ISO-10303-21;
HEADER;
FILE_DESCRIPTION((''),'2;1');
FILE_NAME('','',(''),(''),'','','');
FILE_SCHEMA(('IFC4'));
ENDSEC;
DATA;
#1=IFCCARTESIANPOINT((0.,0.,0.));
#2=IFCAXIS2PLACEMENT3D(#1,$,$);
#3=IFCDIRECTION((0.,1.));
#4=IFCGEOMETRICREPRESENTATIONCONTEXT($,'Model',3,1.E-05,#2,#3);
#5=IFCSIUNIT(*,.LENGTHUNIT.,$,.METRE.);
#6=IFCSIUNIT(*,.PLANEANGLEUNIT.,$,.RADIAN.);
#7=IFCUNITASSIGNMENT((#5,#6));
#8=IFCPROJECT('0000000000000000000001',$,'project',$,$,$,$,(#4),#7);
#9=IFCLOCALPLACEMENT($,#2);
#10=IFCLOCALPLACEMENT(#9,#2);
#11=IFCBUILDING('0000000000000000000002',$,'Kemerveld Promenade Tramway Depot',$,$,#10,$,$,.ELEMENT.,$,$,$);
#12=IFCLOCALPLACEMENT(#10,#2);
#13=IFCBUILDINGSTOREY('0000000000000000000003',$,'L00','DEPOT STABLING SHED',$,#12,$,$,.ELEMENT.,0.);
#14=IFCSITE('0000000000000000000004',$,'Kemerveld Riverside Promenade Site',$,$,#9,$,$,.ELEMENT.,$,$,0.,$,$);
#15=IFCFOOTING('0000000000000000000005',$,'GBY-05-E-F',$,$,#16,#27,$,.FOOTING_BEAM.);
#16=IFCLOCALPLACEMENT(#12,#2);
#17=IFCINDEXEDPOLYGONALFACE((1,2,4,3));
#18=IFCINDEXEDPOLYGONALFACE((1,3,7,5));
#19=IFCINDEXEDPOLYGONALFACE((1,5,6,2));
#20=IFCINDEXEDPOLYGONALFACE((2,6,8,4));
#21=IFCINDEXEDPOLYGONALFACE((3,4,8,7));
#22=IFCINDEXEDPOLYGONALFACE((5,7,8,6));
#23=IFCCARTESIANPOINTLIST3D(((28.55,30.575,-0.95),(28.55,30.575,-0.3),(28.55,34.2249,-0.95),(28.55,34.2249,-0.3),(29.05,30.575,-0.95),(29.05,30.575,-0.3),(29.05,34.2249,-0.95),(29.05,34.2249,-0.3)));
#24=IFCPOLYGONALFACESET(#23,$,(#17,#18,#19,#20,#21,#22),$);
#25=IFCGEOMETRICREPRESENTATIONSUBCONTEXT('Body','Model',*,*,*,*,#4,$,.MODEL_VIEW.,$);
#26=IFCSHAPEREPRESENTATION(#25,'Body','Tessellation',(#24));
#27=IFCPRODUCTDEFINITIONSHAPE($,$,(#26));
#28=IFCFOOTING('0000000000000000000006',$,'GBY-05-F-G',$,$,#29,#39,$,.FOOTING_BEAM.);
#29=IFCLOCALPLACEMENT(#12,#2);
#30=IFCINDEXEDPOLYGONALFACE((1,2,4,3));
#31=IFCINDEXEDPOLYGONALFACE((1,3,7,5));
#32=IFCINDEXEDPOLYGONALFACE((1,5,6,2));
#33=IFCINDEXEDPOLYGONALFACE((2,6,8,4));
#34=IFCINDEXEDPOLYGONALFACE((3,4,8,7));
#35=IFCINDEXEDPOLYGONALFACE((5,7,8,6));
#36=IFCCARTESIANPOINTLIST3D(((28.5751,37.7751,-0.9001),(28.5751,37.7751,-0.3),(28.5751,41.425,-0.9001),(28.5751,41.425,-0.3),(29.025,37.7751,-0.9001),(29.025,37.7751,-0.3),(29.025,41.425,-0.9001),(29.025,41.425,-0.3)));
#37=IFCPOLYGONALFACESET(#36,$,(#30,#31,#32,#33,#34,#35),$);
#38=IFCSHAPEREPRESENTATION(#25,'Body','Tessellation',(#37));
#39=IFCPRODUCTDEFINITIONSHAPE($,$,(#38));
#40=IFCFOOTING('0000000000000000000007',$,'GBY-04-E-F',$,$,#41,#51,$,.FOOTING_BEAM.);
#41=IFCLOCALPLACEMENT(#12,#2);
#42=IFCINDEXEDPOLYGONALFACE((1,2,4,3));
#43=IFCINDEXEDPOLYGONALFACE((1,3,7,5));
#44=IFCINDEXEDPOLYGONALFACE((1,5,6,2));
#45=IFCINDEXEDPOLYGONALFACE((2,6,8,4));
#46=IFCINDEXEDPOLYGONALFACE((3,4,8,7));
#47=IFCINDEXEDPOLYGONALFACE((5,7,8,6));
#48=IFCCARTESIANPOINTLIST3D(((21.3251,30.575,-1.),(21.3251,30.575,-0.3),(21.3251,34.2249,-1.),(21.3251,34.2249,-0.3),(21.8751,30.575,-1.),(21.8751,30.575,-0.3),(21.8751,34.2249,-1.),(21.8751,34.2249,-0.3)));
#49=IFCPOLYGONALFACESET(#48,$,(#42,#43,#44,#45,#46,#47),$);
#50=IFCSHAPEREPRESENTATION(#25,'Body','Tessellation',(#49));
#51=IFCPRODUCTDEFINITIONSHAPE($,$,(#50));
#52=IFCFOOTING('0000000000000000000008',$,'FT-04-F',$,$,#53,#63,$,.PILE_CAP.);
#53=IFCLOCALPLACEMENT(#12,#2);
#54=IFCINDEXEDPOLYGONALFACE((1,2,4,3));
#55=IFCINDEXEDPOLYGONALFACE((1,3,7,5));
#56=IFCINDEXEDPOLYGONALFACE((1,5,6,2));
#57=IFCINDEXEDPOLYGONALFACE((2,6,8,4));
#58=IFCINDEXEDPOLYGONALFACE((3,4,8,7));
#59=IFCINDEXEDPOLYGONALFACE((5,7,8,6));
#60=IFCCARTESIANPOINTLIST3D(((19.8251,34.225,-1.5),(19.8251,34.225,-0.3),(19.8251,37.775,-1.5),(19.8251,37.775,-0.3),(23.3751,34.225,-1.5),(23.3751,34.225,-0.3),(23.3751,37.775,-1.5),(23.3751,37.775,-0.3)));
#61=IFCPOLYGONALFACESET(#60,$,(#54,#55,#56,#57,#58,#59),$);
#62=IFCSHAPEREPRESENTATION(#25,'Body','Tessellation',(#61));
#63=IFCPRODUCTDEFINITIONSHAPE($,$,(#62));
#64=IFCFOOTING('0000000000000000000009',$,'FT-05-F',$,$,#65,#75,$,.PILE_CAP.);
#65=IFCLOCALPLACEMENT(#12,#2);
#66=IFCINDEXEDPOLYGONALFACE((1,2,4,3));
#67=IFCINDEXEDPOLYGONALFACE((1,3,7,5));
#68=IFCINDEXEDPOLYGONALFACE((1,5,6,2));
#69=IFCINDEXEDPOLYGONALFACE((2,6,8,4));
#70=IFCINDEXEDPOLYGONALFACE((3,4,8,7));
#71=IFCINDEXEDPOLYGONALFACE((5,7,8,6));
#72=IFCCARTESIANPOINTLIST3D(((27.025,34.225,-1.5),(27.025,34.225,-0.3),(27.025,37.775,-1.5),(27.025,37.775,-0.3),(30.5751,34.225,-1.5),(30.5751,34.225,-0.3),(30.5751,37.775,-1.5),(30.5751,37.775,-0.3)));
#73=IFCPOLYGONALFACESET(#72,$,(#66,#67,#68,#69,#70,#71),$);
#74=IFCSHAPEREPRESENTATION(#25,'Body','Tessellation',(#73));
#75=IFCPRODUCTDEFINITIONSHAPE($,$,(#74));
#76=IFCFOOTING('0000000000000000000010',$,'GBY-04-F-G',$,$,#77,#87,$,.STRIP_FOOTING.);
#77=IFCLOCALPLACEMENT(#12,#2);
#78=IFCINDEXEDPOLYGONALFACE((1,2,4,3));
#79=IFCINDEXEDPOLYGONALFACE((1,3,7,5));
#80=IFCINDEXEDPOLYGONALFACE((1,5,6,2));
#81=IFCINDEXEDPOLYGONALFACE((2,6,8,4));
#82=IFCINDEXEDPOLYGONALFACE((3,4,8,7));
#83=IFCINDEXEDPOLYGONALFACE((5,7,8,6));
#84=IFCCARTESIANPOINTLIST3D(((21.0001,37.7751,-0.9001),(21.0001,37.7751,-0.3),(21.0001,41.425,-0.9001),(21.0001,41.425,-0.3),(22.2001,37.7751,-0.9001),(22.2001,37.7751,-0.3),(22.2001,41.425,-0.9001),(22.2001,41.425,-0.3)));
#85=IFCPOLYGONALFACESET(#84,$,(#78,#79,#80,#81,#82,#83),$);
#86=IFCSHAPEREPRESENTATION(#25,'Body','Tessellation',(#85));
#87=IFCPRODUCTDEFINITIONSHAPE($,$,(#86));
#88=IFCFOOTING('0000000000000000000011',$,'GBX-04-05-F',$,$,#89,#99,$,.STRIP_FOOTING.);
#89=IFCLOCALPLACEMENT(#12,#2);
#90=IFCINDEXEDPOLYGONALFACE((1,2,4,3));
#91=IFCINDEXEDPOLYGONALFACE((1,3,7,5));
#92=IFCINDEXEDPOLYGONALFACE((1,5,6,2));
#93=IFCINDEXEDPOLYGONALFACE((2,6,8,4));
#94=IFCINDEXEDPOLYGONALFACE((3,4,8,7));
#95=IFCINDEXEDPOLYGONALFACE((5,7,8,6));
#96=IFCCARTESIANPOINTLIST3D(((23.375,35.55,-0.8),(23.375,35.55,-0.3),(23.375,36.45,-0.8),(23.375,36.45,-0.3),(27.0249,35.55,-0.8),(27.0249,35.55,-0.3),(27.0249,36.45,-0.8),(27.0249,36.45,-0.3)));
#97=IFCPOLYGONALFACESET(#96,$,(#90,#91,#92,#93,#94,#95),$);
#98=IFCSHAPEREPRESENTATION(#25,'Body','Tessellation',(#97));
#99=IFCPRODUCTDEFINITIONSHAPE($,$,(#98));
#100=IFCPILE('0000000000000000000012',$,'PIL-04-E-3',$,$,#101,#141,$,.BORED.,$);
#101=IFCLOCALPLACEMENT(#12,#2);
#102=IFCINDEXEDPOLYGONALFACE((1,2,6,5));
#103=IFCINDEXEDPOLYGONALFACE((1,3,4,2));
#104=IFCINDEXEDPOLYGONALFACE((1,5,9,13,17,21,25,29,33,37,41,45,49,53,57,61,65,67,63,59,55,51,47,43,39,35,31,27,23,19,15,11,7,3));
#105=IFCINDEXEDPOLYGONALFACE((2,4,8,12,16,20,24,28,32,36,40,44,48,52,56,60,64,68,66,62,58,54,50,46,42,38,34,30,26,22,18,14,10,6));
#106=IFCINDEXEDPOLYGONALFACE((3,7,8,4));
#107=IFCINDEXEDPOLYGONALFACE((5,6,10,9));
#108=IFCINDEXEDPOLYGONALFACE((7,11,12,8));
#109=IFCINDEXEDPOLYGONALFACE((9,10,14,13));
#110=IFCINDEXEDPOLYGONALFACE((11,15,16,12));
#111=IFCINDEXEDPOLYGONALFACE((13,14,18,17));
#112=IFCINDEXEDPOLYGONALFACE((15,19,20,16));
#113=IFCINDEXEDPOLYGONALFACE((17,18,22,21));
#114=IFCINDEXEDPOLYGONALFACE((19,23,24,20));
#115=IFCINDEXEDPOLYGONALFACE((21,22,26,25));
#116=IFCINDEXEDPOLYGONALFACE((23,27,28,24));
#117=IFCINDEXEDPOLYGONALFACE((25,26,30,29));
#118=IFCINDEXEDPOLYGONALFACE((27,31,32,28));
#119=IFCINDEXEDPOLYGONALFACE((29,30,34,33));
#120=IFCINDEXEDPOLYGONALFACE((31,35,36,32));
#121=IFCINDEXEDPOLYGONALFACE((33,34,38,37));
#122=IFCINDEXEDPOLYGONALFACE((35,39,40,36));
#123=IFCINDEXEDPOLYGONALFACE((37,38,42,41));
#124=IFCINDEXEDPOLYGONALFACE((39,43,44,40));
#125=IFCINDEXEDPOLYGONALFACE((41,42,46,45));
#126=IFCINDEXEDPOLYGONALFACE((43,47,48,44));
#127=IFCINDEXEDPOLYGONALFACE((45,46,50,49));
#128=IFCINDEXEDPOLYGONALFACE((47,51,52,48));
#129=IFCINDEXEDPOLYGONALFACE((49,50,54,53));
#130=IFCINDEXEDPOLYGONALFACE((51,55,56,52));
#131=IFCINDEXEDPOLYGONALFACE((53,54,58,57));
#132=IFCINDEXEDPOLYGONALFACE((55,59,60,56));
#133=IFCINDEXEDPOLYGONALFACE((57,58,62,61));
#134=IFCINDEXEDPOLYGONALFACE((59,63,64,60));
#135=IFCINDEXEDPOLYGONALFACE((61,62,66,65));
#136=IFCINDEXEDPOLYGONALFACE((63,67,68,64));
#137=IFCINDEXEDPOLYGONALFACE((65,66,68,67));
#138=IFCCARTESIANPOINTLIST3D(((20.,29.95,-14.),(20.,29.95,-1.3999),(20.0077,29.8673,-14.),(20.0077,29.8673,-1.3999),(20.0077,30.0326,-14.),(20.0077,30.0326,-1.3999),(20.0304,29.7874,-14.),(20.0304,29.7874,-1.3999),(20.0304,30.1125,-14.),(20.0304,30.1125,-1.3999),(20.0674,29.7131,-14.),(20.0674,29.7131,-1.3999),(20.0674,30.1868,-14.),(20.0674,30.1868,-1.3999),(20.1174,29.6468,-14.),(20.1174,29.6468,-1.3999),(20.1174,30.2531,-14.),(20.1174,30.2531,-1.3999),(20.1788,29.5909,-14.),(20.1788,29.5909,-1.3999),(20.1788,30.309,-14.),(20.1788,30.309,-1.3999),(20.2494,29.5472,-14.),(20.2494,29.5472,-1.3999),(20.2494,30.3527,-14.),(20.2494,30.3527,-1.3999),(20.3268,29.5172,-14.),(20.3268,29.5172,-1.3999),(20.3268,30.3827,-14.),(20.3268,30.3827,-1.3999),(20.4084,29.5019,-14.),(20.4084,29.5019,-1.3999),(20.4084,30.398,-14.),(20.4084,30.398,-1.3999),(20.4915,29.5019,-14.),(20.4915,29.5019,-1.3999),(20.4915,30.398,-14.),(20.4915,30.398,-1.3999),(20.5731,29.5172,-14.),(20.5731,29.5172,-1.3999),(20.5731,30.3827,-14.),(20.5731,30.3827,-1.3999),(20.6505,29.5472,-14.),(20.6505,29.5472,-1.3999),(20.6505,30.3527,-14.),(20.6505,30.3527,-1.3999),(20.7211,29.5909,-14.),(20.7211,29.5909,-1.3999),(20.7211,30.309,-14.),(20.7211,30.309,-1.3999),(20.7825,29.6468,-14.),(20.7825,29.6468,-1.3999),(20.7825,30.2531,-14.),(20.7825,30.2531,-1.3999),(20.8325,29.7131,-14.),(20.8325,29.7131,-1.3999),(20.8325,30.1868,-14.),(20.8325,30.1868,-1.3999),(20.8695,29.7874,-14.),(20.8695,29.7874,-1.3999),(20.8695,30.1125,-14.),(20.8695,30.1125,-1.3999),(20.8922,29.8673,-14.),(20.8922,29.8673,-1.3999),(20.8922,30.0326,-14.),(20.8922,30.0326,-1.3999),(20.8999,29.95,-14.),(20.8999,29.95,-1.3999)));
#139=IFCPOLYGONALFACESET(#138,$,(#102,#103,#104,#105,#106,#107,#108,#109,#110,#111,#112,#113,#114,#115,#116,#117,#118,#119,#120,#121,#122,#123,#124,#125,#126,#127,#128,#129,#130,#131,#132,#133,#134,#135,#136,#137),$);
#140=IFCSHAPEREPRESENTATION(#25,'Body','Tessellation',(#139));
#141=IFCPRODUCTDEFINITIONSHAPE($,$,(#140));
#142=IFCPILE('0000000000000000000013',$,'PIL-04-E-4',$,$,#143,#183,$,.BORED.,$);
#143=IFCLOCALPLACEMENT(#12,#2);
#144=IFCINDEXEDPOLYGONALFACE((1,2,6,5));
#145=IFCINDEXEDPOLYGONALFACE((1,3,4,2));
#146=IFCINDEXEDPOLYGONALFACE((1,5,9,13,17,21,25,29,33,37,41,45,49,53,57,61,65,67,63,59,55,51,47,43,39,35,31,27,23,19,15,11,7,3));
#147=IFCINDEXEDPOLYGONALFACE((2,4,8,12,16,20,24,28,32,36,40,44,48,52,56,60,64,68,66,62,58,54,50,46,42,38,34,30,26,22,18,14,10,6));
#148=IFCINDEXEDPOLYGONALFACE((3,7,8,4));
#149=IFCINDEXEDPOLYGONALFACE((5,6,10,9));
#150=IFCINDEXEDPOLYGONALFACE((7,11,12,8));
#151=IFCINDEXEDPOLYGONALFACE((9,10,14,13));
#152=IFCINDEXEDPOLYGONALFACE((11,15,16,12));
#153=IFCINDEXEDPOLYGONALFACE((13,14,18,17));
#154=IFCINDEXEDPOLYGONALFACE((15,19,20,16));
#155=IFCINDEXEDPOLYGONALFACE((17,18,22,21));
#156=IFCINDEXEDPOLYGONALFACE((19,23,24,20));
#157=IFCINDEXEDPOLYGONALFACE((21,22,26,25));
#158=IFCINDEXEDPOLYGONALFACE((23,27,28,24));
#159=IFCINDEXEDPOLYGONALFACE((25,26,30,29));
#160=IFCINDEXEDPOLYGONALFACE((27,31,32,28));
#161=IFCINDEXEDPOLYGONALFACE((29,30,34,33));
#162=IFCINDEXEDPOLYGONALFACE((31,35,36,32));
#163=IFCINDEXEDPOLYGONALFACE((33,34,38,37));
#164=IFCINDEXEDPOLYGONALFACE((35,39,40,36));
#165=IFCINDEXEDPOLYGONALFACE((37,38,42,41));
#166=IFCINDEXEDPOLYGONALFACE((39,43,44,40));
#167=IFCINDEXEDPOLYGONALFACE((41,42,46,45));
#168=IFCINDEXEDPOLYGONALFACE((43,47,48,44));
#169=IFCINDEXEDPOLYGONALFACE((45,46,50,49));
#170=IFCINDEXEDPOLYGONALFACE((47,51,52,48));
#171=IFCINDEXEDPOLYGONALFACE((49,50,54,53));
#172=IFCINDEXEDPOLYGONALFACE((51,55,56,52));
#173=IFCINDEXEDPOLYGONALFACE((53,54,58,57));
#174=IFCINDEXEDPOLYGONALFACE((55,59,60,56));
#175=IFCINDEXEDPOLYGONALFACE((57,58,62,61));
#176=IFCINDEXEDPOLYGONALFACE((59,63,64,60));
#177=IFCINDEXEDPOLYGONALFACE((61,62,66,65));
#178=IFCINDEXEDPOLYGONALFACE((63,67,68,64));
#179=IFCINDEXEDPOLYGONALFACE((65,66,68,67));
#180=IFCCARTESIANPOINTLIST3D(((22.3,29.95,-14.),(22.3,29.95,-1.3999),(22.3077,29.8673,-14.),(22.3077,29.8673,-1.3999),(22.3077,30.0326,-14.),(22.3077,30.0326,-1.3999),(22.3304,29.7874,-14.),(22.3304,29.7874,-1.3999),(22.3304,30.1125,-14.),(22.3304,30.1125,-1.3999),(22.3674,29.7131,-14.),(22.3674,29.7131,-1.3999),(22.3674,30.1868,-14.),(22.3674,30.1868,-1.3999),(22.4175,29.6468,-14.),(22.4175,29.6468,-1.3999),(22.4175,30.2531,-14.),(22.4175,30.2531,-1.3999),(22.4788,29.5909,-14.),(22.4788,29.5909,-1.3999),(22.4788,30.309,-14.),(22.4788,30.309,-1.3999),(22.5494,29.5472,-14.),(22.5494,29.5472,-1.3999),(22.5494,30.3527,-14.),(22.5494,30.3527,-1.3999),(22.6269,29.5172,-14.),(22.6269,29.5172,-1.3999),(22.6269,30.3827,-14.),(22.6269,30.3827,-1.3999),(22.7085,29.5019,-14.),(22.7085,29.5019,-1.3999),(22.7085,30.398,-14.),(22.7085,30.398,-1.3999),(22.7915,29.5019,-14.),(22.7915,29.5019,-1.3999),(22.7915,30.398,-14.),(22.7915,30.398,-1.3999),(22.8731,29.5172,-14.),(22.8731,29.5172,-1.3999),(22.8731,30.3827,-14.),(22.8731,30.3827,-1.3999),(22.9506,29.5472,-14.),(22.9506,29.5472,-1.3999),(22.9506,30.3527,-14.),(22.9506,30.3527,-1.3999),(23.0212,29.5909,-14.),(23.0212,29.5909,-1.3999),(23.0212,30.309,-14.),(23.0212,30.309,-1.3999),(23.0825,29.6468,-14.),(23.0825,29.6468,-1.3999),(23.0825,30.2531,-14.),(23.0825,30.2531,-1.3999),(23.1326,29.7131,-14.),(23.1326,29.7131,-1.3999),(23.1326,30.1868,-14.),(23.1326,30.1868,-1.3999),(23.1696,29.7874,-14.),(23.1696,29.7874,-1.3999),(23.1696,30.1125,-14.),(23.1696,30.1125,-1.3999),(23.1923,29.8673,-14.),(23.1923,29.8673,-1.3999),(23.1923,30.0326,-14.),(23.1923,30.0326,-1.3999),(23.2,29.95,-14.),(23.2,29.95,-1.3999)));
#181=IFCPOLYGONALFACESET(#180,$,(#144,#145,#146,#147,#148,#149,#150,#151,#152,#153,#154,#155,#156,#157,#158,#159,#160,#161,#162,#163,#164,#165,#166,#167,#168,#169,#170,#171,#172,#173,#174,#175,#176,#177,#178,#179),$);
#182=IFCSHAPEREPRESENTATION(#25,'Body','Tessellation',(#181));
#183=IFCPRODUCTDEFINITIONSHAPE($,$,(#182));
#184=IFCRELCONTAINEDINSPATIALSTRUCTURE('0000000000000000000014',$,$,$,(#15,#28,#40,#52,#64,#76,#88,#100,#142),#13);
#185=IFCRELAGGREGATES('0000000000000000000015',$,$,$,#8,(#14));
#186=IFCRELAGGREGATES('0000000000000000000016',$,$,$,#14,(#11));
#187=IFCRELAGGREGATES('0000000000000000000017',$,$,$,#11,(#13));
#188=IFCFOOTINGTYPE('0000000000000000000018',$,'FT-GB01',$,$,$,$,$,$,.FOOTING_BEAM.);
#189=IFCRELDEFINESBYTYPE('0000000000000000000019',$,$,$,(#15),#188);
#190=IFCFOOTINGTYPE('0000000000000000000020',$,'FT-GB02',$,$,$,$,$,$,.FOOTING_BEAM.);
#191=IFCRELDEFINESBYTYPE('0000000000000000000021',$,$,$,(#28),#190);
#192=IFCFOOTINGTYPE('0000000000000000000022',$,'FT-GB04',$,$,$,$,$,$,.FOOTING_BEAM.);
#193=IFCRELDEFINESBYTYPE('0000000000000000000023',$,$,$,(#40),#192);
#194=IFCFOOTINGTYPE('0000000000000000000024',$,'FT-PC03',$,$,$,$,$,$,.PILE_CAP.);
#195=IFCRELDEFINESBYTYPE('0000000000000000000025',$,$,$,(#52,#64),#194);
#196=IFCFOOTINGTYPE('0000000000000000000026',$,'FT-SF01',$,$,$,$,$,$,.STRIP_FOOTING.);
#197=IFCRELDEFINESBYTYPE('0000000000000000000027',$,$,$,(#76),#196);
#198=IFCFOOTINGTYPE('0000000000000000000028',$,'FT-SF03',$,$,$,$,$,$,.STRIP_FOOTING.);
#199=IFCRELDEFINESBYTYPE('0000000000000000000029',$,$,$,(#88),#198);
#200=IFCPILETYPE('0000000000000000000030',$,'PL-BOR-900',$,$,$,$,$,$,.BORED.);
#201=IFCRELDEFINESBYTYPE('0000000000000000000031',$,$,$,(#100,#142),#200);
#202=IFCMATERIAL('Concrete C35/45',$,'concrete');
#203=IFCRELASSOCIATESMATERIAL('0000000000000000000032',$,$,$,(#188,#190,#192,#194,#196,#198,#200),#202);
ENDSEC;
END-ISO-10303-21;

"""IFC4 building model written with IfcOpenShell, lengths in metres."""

from ifc_helpers import new_model, si_unit, direction, frame, origin, origin_2d, place, context, subcontext, project, spatial, rectangle, circle, extrude, material, material_profile, profile_set, type_object, element, save


model = new_model("IFC4")

# Units and contexts
model_context = context("Model", 3, precision=1e-05, world=origin(), true_north=direction((0.0, 1.0)))
body_context = subcontext(model_context, "Body", "Model", "MODEL_VIEW")
ifc_project = project(units=[si_unit("LENGTHUNIT", "METRE"), si_unit("PLANEANGLEUNIT", "RADIAN")], contexts=[model_context])

# Site, building, storey
site_placement = place(None, origin())
site = spatial("IfcSite", under=ifc_project, at=site_placement, Name="Kemerveld Riverside Promenade Site", CompositionType="ELEMENT", RefElevation=0.0)
building_placement = place(site_placement, origin())
building = spatial("IfcBuilding", under=site, at=building_placement, Name="Kemerveld Promenade Tramway Depot", CompositionType="ELEMENT")
storey_placement = place(building_placement, origin())
storey = spatial("IfcBuildingStorey", under=building, at=storey_placement, Name="L00", Description="DEPOT STABLING SHED", CompositionType="ELEMENT", Elevation=0.0)

# Footings
ifc_material_1 = material(Name="Concrete C35/45", Category="concrete")
footing_type_1 = type_object("IfcFootingType", Name="FT-GB01", PredefinedType="FOOTING_BEAM", material=ifc_material_1)
footing_1_placement = place(storey_placement, frame((28.8, 32.3999, -0.95), z_axis=(0.0, 0.0, 1.0), x_axis=(0.0, 1.0, 0.0)))
element("IfcFooting", 1, at=footing_1_placement, inside=storey, type_object=footing_type_1, Name="GBY-05-E-F", PredefinedType="FOOTING_BEAM", context=body_context, shape_type="SweptSolid", body=[
    extrude(rectangle(XDim=3.6499, YDim=0.5, at=origin_2d()), origin(), (0.0, 0.0, 1.0), 0.6499),
])
footing_type_2 = type_object("IfcFootingType", Name="FT-GB02", PredefinedType="FOOTING_BEAM", material=ifc_material_1)
footing_2_placement = place(storey_placement, frame((28.8, 39.6001, -0.9001), z_axis=(0.0, 0.0, 1.0), x_axis=(0.0, 1.0, 0.0)))
element("IfcFooting", 2, at=footing_2_placement, inside=storey, type_object=footing_type_2, Name="GBY-05-F-G", PredefinedType="FOOTING_BEAM", context=body_context, shape_type="SweptSolid", body=[
    extrude(rectangle(XDim=3.6499, YDim=0.45, at=origin_2d()), origin(), (0.0, 0.0, 1.0), 0.6001),
])
footing_type_3 = type_object("IfcFootingType", Name="FT-GB04", PredefinedType="FOOTING_BEAM", material=ifc_material_1)
footing_3_placement = place(storey_placement, frame((21.6001, 32.3999, -1.0), z_axis=(0.0, 0.0, 1.0), x_axis=(0.0, 1.0, 0.0)))
element("IfcFooting", 3, at=footing_3_placement, inside=storey, type_object=footing_type_3, Name="GBY-04-E-F", PredefinedType="FOOTING_BEAM", context=body_context, shape_type="SweptSolid", body=[
    extrude(rectangle(XDim=3.6499, YDim=0.55, at=origin_2d()), origin(), (0.0, 0.0, 1.0), 0.7),
])
footing_type_4 = type_object("IfcFootingType", Name="FT-PC03", PredefinedType="PILE_CAP", material=ifc_material_1)
for number, where, z_axis, x_axis, name in (
    (4, (21.6001, 36.0, -1.5), (0.0, 0.0, 1.0), (1.0, 0.0, 0.0), "FT-04-F"),
    (5, (28.8, 36.0, -1.5), (0.0, 0.0, 1.0), (1.0, 0.0, 0.0), "FT-05-F"),
):
    element("IfcFooting", number, at=place(storey_placement, frame(where, z_axis=z_axis, x_axis=x_axis)), inside=storey, type_object=footing_type_4, Name=name, PredefinedType="PILE_CAP", context=body_context, shape_type="SweptSolid", body=[
        extrude(rectangle(XDim=3.55, YDim=3.55, at=origin_2d()), origin(), (0.0, 0.0, 1.0), 1.2),
    ])
footing_type_5 = type_object("IfcFootingType", Name="FT-SF01", PredefinedType="STRIP_FOOTING", material=ifc_material_1)
footing_4_placement = place(storey_placement, frame((21.6001, 39.6001, -0.9001), z_axis=(0.0, 0.0, 1.0), x_axis=(0.0, 1.0, 0.0)))
element("IfcFooting", 6, at=footing_4_placement, inside=storey, type_object=footing_type_5, Name="GBY-04-F-G", PredefinedType="STRIP_FOOTING", context=body_context, shape_type="SweptSolid", body=[
    extrude(rectangle(XDim=3.6499, YDim=1.2, at=origin_2d()), origin(), (0.0, 0.0, 1.0), 0.6001),
])
footing_type_6 = type_object("IfcFootingType", Name="FT-SF03", PredefinedType="STRIP_FOOTING", material=ifc_material_1)
footing_5_placement = place(storey_placement, frame((25.2, 36.0, -0.8), z_axis=(0.0, 0.0, 1.0), x_axis=(1.0, 0.0, 0.0)))
element("IfcFooting", 7, at=footing_5_placement, inside=storey, type_object=footing_type_6, Name="GBX-04-05-F", PredefinedType="STRIP_FOOTING", context=body_context, shape_type="SweptSolid", body=[
    extrude(rectangle(XDim=3.6499, YDim=0.8999, at=origin_2d()), origin(), (0.0, 0.0, 1.0), 0.5),
])

# Piles
ifc_material_profile_1 = material_profile(ifc_material_1, circle(Radius=0.45, at=origin_2d()), Name="PILE-D900")
ifc_profile_set_1 = profile_set([ifc_material_profile_1], Name="Concrete C35/45")
pile_type = type_object("IfcPileType", Name="PL-BOR-900", PredefinedType="BORED", material=ifc_profile_set_1)
for number, where, z_axis, x_axis, name in (
    (8, (20.45, 29.95, -1.3999), (0.0, 0.0, -1.0), (1.0, 0.0, 0.0), "PIL-04-E-3"),
    (9, (22.75, 29.95, -1.3999), (0.0, 0.0, -1.0), (1.0, 0.0, 0.0), "PIL-04-E-4"),
):
    element("IfcPile", number, at=place(storey_placement, frame(where, z_axis=z_axis, x_axis=x_axis)), inside=storey, type_object=pile_type, Name=name, PredefinedType="BORED", context=body_context, shape_type="SweptSolid", body=[
        extrude(circle(Radius=0.45, at=origin_2d()), origin(), (0.0, 0.0, 1.0), 12.6001),
    ])

save(model, "model.ifc")
